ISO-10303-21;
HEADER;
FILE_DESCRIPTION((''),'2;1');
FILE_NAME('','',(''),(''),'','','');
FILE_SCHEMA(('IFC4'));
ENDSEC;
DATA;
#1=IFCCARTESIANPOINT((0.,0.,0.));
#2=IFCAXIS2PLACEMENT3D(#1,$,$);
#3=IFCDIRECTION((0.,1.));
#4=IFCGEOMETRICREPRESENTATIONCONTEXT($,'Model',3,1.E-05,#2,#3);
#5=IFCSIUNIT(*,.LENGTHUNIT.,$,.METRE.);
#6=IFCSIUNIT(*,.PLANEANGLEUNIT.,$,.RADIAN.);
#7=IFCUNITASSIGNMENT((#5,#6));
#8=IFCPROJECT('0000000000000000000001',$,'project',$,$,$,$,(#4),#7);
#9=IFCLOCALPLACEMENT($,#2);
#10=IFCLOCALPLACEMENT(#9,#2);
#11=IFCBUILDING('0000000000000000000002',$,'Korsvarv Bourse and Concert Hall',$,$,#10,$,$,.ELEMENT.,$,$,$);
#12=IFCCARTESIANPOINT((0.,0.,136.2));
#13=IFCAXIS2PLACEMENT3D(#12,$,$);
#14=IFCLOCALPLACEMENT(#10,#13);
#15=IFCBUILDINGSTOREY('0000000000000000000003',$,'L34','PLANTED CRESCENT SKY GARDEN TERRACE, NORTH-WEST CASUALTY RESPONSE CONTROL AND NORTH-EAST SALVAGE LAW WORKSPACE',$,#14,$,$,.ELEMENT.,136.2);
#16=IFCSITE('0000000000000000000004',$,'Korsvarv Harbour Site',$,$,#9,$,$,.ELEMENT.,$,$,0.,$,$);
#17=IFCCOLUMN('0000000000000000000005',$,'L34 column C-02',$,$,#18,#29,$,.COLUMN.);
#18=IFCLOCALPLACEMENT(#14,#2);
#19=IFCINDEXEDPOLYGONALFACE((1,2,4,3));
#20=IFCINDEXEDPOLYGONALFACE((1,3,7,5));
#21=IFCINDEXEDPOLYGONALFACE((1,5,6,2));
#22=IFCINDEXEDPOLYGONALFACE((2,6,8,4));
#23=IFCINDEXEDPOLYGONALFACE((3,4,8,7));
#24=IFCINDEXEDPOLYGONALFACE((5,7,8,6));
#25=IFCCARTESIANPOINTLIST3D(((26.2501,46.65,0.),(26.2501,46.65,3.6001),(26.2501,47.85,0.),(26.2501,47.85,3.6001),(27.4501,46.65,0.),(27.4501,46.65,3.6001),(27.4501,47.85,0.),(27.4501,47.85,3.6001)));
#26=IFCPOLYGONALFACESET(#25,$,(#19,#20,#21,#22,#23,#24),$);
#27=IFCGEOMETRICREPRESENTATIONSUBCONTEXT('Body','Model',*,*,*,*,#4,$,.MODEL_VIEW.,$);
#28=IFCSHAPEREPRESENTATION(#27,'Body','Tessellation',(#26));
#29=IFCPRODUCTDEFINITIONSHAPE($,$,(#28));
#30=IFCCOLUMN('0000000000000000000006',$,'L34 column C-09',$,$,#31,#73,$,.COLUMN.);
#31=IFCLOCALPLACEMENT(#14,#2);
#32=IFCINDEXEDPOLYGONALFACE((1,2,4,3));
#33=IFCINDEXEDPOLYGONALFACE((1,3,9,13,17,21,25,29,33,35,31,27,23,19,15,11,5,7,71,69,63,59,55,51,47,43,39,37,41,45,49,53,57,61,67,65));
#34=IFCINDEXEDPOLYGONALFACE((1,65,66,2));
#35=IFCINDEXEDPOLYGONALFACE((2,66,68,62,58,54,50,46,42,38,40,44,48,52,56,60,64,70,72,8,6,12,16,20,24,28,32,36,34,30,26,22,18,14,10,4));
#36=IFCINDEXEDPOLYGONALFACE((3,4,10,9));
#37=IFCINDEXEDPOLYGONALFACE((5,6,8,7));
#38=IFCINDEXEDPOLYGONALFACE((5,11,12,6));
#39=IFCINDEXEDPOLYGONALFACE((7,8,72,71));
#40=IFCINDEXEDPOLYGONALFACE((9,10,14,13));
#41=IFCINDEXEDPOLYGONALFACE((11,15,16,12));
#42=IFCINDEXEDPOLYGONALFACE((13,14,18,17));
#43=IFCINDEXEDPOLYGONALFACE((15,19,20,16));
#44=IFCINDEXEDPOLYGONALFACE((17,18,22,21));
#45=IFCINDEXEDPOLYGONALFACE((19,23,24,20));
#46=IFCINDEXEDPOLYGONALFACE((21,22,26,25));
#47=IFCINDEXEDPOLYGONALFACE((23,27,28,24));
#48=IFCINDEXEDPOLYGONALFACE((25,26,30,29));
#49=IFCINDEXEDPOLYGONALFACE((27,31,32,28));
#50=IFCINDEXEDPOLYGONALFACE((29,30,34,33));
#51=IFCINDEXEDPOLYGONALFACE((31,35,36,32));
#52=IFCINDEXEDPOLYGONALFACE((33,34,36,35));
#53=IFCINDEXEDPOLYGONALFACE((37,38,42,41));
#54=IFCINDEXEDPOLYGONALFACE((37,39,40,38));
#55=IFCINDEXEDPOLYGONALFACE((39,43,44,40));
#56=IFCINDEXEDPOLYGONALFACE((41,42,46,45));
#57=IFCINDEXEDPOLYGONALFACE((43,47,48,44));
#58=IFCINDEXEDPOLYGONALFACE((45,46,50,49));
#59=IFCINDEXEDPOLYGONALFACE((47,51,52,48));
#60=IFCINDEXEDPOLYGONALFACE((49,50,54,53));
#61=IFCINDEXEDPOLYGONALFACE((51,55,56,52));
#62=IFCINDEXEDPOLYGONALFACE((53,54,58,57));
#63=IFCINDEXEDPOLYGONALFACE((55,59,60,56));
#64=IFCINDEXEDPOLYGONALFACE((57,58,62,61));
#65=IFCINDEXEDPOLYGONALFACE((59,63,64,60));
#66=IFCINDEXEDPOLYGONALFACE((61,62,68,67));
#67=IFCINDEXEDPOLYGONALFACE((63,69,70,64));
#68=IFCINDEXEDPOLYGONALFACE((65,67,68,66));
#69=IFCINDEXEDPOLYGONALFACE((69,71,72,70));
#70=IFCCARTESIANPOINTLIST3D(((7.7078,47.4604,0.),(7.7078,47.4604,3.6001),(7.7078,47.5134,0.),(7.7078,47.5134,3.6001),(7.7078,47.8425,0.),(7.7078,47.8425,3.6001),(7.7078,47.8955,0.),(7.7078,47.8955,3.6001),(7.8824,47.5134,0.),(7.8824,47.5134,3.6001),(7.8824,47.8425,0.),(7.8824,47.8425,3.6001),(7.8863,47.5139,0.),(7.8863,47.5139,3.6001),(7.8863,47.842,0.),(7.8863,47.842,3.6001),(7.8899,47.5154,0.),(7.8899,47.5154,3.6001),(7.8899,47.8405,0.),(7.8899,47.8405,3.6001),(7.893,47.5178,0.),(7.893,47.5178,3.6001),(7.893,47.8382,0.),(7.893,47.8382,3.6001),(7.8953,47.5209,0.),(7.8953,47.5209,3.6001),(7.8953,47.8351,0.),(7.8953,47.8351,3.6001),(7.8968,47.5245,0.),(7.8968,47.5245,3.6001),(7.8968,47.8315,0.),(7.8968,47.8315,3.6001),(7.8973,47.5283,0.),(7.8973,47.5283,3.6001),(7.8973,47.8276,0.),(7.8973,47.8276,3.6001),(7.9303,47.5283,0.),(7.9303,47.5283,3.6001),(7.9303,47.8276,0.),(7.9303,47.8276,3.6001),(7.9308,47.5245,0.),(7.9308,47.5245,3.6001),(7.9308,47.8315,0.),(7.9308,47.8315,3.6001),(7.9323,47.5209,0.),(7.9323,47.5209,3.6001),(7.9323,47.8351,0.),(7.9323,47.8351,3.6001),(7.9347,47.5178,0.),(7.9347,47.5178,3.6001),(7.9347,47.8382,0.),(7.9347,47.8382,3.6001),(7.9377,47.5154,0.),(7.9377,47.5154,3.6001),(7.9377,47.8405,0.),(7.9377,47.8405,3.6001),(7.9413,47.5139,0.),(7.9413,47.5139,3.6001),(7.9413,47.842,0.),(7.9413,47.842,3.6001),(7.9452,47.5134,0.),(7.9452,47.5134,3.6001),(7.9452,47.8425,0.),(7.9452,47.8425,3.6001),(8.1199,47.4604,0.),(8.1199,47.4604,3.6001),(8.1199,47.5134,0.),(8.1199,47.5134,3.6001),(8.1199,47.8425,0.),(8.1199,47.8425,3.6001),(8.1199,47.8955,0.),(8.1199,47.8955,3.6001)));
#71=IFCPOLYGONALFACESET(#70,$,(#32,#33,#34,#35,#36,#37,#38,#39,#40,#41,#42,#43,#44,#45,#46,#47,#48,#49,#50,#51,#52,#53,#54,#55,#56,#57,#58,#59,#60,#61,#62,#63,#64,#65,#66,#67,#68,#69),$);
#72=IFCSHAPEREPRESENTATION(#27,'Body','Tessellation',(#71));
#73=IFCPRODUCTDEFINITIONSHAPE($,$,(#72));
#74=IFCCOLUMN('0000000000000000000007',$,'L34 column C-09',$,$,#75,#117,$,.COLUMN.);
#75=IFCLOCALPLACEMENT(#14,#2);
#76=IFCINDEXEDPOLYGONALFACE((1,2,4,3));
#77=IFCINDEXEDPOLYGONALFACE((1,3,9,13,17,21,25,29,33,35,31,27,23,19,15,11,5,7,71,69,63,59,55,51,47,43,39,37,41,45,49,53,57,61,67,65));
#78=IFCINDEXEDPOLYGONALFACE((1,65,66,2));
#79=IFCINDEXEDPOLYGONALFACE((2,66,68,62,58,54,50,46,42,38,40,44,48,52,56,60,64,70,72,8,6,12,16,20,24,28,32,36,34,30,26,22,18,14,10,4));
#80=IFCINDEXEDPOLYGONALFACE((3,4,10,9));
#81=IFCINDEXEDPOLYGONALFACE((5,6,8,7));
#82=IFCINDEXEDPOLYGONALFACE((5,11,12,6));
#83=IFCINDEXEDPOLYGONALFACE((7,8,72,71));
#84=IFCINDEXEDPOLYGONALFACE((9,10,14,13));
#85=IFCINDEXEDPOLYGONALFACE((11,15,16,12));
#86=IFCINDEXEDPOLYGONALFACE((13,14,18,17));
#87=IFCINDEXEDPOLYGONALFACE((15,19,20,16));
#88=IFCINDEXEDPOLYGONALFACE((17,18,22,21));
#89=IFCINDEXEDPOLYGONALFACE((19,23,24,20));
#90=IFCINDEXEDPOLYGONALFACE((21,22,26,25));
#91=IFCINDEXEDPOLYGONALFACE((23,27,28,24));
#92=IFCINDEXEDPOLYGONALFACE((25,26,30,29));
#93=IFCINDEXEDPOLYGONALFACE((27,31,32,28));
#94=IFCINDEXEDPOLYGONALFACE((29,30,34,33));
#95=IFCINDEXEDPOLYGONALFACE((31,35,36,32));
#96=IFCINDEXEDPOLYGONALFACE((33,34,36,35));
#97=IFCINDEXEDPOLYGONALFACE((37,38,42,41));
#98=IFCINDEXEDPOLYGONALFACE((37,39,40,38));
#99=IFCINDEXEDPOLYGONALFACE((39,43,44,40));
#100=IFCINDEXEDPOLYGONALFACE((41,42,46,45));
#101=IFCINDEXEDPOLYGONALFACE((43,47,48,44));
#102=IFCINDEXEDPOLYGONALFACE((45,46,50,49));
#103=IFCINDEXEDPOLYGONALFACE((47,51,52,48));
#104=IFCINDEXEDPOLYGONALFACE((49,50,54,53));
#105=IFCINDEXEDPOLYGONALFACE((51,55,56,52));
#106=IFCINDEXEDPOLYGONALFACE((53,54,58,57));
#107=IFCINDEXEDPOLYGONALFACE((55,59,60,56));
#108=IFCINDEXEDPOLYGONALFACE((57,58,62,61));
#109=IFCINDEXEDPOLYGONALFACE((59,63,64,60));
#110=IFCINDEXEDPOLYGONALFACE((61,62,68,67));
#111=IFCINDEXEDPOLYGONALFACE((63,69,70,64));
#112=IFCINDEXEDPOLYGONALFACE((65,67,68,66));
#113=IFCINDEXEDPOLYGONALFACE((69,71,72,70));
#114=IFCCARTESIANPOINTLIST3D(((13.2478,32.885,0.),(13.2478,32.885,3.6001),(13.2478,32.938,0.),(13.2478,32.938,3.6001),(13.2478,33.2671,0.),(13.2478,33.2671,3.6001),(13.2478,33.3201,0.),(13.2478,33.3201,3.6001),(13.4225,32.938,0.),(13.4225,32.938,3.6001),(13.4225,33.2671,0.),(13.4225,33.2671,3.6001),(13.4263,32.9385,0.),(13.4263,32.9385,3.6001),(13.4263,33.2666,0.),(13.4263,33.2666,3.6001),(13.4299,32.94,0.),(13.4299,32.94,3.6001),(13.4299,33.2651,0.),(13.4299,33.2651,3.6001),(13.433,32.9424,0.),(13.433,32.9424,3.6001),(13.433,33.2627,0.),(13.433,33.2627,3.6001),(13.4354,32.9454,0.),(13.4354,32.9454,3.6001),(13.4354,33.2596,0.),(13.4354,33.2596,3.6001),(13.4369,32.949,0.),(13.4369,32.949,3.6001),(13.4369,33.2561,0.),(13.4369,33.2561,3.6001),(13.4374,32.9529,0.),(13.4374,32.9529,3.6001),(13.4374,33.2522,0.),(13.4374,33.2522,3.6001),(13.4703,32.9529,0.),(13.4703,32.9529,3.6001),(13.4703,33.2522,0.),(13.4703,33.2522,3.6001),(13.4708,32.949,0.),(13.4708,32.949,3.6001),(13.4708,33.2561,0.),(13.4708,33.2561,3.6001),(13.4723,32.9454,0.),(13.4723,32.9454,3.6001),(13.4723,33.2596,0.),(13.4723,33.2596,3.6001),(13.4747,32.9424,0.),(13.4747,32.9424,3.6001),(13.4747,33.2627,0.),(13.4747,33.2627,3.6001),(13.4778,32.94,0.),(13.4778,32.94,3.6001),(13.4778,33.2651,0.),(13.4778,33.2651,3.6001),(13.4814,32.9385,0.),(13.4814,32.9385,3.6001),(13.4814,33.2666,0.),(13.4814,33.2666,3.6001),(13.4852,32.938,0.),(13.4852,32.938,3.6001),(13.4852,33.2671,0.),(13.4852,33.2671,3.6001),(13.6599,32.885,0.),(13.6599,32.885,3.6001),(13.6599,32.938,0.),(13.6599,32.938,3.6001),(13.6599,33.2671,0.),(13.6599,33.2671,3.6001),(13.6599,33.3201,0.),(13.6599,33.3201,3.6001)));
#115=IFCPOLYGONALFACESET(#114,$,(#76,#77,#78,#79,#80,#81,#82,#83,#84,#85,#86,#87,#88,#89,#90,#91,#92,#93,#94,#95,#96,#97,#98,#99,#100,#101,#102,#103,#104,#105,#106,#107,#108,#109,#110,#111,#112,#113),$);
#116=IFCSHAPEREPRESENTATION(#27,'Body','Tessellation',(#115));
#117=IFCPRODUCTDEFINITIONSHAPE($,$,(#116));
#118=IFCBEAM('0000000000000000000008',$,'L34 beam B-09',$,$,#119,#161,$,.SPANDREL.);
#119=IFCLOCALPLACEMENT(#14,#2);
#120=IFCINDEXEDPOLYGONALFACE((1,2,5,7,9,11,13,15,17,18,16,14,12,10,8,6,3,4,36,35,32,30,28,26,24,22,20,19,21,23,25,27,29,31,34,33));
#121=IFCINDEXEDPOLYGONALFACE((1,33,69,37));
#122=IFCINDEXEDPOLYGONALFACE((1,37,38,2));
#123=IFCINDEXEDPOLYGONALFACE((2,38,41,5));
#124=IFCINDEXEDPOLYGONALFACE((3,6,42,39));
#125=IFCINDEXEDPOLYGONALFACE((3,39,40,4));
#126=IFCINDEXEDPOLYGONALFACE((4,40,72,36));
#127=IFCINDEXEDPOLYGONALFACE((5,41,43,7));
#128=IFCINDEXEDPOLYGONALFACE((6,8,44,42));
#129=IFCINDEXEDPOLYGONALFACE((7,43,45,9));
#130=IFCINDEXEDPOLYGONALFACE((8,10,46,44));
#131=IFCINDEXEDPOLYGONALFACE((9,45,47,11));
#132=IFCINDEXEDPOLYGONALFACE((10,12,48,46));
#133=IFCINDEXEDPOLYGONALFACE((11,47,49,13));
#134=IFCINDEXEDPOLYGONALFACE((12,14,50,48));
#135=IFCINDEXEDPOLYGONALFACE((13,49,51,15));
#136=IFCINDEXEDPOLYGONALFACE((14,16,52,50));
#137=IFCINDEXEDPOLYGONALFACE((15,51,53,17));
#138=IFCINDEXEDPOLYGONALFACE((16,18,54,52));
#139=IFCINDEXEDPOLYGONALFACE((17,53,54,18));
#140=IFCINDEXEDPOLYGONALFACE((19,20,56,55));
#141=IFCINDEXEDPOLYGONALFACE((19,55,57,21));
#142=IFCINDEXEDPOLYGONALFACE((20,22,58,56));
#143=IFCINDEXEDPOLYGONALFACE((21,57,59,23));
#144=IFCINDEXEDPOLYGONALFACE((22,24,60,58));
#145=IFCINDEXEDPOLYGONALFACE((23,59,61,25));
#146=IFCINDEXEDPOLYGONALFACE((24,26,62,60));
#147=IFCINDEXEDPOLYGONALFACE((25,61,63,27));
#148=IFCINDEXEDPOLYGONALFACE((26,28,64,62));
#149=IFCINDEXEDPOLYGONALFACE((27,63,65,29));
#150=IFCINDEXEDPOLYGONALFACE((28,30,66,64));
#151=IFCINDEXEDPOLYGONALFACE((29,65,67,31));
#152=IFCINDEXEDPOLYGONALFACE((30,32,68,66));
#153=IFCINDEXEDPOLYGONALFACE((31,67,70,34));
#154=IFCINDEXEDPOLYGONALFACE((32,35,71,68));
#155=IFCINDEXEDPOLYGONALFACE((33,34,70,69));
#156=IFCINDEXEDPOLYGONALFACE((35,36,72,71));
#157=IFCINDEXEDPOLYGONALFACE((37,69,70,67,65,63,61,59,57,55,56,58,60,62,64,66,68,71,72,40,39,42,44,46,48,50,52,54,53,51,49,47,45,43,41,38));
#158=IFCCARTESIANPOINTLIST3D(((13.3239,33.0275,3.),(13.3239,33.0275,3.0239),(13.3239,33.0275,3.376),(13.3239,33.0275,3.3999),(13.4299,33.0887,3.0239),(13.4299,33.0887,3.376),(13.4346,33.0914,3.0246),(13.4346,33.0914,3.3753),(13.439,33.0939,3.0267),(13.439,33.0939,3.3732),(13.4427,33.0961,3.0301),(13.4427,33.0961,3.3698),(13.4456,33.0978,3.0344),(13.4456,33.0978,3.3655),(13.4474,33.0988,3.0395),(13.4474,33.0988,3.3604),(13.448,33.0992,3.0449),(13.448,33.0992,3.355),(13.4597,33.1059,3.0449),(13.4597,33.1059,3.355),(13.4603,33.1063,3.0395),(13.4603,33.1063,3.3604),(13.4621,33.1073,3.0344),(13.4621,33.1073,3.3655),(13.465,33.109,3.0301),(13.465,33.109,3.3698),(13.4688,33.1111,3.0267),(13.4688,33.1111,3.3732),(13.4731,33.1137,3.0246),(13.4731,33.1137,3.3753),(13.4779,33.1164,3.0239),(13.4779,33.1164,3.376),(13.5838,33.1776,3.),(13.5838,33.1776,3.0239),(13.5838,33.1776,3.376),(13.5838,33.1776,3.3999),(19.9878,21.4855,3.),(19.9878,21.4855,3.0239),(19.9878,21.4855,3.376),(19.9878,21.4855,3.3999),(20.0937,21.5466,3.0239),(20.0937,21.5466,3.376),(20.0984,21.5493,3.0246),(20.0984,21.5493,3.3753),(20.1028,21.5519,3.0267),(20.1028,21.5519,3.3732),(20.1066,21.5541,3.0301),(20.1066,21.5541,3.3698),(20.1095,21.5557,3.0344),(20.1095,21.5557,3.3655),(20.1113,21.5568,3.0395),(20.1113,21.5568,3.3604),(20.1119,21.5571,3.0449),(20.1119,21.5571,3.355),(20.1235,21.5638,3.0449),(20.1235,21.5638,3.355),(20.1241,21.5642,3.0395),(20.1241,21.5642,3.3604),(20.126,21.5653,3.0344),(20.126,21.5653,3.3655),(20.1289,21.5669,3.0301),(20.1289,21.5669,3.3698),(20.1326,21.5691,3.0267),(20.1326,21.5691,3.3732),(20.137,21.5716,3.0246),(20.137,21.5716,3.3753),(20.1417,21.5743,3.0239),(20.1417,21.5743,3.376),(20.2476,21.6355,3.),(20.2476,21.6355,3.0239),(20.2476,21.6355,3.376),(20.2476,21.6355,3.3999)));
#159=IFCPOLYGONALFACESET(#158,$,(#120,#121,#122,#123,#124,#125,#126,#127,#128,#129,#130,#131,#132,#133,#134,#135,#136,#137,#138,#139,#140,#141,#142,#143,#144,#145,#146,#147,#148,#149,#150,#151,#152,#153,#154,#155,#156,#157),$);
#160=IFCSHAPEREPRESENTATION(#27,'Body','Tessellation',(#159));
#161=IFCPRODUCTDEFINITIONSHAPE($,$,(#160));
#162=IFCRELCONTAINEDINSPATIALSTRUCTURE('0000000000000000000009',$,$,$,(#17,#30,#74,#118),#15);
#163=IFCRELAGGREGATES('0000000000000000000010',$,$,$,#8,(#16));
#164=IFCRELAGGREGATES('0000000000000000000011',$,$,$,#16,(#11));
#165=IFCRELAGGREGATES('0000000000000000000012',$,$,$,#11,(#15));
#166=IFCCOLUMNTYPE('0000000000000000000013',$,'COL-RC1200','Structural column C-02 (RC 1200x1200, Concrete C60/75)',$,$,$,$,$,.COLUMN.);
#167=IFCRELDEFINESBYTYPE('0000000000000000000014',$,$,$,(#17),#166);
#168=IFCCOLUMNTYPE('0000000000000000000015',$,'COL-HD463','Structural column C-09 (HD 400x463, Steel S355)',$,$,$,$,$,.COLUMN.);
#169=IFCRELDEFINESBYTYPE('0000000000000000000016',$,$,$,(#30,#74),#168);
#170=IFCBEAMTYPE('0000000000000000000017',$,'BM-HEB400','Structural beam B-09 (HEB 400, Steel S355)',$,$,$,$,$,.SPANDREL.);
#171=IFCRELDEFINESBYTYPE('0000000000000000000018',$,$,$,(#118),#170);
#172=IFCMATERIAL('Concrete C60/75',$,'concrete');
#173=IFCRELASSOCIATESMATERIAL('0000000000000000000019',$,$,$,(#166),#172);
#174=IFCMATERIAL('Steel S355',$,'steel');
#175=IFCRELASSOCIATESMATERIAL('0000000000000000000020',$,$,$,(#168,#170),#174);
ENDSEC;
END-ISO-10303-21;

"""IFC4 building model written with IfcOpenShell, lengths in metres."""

from ifc_helpers import new_model, si_unit, direction, frame, origin, origin_2d, place, context, subcontext, project, spatial, rectangle, i_section, extrude, source, transform, mapped, material, material_profile, profile_set, type_object, element, save


model = new_model("IFC4")

# Units and contexts
model_context = context("Model", 3, precision=1e-05, world=origin(), true_north=direction((0.0, 1.0)))
body_context = subcontext(model_context, "Body", "Model", "MODEL_VIEW")
ifc_project = project(units=[si_unit("LENGTHUNIT", "METRE"), si_unit("PLANEANGLEUNIT", "RADIAN")], contexts=[model_context])

# Site, building, storey
site_placement = place(None, origin())
site = spatial("IfcSite", under=ifc_project, at=site_placement, Name="Korsvarv Harbour Site", CompositionType="ELEMENT", RefElevation=0.0)
building_placement = place(site_placement, origin())
building = spatial("IfcBuilding", under=site, at=building_placement, Name="Korsvarv Bourse and Concert Hall", CompositionType="ELEMENT")
storey_placement = place(building_placement, frame((0.0, 0.0, 136.2)))
storey = spatial("IfcBuildingStorey", under=building, at=storey_placement, Name="L34", Description="PLANTED CRESCENT SKY GARDEN TERRACE, NORTH-WEST CASUALTY RESPONSE CONTROL AND NORTH-EAST SALVAGE LAW WORKSPACE", CompositionType="ELEMENT", Elevation=136.2)

# Columns
ifc_material_1 = material(Name="Concrete C60/75", Category="concrete")
ifc_material_profile_1 = material_profile(ifc_material_1, rectangle(XDim=1.2, YDim=1.2, at=origin_2d()), Name="RC 1200x1200")
ifc_profile_set_1 = profile_set([ifc_material_profile_1], Name="Concrete C60/75")
column_type_1 = type_object("IfcColumnType", Name="COL-RC1200", Description="Structural column C-02 (RC 1200x1200, Concrete C60/75)", PredefinedType="COLUMN", material=ifc_profile_set_1)
shared_shape_1 = source(origin(), body_context, "Body", "SweptSolid", [
    extrude(rectangle(XDim=1.2, YDim=1.2, at=origin_2d()), origin(), (0.0, 0.0, 1.0), 3.6001),
])
column_placement = place(storey_placement, frame((26.8501, 47.25, 0.0), z_axis=(0.0, 0.0, 1.0), x_axis=(1.0, 0.0, 0.0)))
element("IfcColumn", 1, at=column_placement, inside=storey, type_object=column_type_1, Name="L34 column C-02", PredefinedType="COLUMN", context=body_context, shape_type="MappedRepresentation", body=[
    mapped(shared_shape_1, transform((0.0, 0.0, 0.0), scale=1.0)),
])
ifc_material_2 = material(Name="Steel S355", Category="steel")
ifc_material_profile_2 = material_profile(ifc_material_2, i_section(OverallWidth=0.4121, OverallDepth=0.4351, WebThickness=0.033, FlangeThickness=0.053, FilletRadius=0.0149, at=origin_2d()), Name="HD 400x463")
ifc_profile_set_2 = profile_set([ifc_material_profile_2], Name="Steel S355")
column_type_2 = type_object("IfcColumnType", Name="COL-HD463", Description="Structural column C-09 (HD 400x463, Steel S355)", PredefinedType="COLUMN", material=ifc_profile_set_2)
shared_shape_2 = source(origin(), body_context, "Body", "SweptSolid", [
    extrude(i_section(OverallWidth=0.4121, OverallDepth=0.4351, WebThickness=0.033, FlangeThickness=0.053, FilletRadius=0.0149, at=origin_2d()), origin(), (0.0, 0.0, 1.0), 3.6001),
])
for number, where, z_axis, x_axis, name in (
    (2, (7.9138, 47.678, 0.0), (0.0, 0.0, 1.0), (1.0, 0.0, 0.0), "L34 column C-09"),
    (3, (13.4539, 33.1025, 0.0), (0.0, 0.0, 1.0), (1.0, 0.0, 0.0), "L34 column C-09"),
):
    element("IfcColumn", number, at=place(storey_placement, frame(where, z_axis=z_axis, x_axis=x_axis)), inside=storey, type_object=column_type_2, Name=name, PredefinedType="COLUMN", context=body_context, shape_type="MappedRepresentation", body=[
        mapped(shared_shape_2, transform((0.0, 0.0, 0.0), scale=1.0)),
    ])

# Beam
ifc_material_profile_3 = material_profile(ifc_material_2, i_section(OverallWidth=0.3, OverallDepth=0.3999, WebThickness=0.0134, FlangeThickness=0.0239, FilletRadius=0.021, at=origin_2d()), Name="HEB 400")
ifc_profile_set_3 = profile_set([ifc_material_profile_3], Name="Steel S355")
beam_type_1 = type_object("IfcBeamType", Name="BM-HEB400", Description="Structural beam B-09 (HEB 400, Steel S355)", PredefinedType="SPANDREL", material=ifc_profile_set_3)
shared_shape_3 = source(origin(), body_context, "Body", "SweptSolid", [
    extrude(i_section(OverallWidth=0.3, OverallDepth=0.3999, WebThickness=0.0134, FlangeThickness=0.0239, FilletRadius=0.021, at=origin_2d()), origin(), (0.0, 0.0, 1.0), 13.3276),
])
beam_1_placement = place(storey_placement, frame((13.4539, 33.1025, 3.2), z_axis=(0.500003, -0.866024, 0.0), x_axis=(0.866024, 0.500003, 0.0)))
element("IfcBeam", 4, at=beam_1_placement, inside=storey, type_object=beam_type_1, Name="L34 beam B-09", PredefinedType="SPANDREL", context=body_context, shape_type="MappedRepresentation", body=[
    mapped(shared_shape_3, transform((0.0, 0.0, 0.0), scale=1.0)),
])

save(model, "model.ifc")
